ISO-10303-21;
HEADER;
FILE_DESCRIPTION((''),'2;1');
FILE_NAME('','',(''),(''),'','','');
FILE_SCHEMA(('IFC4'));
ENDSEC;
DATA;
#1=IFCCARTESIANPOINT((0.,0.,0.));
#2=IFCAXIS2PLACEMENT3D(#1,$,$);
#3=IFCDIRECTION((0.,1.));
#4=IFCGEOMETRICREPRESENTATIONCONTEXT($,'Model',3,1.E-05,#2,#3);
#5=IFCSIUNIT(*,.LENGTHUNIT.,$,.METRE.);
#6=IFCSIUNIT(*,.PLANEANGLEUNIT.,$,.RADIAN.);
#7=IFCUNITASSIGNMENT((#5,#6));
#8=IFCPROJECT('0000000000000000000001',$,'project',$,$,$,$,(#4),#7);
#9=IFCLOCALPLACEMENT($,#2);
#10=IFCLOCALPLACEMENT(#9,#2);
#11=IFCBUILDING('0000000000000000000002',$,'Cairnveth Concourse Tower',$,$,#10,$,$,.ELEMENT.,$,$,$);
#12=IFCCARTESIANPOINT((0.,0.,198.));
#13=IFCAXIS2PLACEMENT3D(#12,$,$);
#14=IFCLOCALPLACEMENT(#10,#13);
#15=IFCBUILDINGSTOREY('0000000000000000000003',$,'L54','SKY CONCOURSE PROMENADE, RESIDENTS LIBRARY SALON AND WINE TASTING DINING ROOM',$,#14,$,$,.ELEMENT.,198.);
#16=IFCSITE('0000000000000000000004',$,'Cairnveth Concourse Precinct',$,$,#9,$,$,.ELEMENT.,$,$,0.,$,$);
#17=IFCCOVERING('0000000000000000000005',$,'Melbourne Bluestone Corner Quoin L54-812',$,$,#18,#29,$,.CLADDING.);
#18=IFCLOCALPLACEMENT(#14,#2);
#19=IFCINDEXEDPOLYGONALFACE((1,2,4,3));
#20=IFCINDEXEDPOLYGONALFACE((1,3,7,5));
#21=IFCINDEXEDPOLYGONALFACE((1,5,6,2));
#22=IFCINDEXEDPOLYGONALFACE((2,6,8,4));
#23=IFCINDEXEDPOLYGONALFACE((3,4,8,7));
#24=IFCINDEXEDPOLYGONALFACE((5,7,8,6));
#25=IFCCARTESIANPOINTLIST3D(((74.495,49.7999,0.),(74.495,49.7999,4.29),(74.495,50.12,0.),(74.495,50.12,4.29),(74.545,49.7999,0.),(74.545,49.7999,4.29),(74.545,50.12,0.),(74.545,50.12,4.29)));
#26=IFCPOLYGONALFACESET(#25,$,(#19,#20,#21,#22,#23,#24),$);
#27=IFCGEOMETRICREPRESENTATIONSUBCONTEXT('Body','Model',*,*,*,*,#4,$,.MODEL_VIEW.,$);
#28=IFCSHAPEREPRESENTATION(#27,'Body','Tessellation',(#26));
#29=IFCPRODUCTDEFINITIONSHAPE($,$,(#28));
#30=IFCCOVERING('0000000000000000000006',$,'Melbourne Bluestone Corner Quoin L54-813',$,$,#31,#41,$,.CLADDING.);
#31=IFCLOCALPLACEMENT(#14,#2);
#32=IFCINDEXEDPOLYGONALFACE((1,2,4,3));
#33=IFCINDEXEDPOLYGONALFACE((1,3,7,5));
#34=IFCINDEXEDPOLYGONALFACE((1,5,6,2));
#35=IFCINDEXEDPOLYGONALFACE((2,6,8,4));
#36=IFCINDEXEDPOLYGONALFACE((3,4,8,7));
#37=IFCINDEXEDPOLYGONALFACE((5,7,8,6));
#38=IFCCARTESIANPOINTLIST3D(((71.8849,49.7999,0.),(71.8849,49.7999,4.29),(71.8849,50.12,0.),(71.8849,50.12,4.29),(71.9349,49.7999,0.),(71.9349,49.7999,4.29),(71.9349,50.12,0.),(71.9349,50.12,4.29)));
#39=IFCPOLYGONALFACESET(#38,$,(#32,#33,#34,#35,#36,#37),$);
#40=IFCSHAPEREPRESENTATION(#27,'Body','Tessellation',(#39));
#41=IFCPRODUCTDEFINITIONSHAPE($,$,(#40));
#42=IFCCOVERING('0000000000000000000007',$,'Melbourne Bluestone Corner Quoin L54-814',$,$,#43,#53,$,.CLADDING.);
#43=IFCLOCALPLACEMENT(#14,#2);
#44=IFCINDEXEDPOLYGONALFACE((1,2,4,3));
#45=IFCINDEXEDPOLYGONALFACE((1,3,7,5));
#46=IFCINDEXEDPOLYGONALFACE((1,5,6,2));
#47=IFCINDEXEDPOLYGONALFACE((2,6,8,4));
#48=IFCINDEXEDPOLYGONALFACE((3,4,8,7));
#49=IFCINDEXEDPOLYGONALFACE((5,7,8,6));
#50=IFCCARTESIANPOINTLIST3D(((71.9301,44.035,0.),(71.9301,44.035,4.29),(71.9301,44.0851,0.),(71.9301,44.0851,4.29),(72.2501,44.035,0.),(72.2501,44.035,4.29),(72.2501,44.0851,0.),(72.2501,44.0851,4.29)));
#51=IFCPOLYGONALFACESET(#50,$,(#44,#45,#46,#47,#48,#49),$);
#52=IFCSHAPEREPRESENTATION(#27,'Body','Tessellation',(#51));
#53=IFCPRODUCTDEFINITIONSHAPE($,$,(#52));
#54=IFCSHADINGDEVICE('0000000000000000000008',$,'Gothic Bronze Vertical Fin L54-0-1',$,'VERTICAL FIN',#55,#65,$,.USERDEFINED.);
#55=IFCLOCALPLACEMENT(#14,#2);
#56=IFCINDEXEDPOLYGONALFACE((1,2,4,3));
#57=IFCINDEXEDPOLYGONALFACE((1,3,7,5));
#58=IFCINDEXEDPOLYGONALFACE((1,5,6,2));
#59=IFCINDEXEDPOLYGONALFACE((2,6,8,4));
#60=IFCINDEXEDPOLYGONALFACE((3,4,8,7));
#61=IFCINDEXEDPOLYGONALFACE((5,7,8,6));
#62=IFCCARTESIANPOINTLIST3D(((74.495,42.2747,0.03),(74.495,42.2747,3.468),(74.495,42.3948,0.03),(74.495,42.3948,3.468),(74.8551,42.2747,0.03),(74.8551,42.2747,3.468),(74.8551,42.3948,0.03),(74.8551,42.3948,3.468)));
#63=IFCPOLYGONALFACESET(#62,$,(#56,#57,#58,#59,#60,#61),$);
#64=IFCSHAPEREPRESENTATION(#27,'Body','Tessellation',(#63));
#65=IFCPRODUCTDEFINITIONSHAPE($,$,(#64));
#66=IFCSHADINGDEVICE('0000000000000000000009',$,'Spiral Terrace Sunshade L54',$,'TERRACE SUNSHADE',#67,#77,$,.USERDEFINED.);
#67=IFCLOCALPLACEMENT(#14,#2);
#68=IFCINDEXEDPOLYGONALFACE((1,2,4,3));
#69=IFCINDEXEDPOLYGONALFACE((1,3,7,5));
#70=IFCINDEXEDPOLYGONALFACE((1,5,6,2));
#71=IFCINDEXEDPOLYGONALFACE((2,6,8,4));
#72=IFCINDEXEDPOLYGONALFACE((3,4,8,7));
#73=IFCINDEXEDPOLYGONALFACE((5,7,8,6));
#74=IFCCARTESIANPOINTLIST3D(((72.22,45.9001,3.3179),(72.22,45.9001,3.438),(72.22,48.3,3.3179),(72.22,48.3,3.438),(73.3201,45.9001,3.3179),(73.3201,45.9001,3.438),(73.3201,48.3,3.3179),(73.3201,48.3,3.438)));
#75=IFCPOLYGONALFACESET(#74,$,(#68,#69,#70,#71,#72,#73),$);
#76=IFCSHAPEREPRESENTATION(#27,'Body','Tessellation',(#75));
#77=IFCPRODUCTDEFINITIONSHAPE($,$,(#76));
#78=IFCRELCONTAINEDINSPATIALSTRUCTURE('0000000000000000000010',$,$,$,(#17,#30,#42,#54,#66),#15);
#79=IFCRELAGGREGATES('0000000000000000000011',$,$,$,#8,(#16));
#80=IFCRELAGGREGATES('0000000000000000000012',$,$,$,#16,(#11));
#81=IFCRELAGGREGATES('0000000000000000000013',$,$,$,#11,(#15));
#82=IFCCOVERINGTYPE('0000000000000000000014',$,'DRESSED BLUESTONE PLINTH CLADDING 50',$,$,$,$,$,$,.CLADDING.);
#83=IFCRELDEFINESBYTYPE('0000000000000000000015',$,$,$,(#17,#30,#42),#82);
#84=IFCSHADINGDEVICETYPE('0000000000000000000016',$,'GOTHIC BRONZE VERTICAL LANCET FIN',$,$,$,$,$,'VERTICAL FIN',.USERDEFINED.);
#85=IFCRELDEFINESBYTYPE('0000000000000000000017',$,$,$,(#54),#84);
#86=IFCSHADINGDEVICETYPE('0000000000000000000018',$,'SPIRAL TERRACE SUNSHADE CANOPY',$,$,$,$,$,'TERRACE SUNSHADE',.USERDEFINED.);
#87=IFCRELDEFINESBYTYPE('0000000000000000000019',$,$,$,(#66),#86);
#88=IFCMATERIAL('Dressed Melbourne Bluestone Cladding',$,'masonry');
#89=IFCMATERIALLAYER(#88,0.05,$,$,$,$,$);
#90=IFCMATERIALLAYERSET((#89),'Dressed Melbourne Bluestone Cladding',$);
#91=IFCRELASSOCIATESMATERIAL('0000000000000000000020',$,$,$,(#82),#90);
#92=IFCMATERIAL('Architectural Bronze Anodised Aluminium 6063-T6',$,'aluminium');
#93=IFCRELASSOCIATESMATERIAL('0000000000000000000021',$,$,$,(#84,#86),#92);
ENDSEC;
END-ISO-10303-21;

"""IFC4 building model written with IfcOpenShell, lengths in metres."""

from ifc_helpers import new_model, si_unit, direction, frame, frame_2d, origin, origin_2d, place, context, subcontext, project, spatial, rectangle, extrude, material, layer, layer_set, type_object, element, save


model = new_model("IFC4")

# Units and contexts
model_context = context("Model", 3, precision=1e-05, world=origin(), true_north=direction((0.0, 1.0)))
body_context = subcontext(model_context, "Body", "Model", "MODEL_VIEW")
ifc_project = project(units=[si_unit("LENGTHUNIT", "METRE"), si_unit("PLANEANGLEUNIT", "RADIAN")], contexts=[model_context])

# Site, building, storey
site_placement = place(None, origin())
site = spatial("IfcSite", under=ifc_project, at=site_placement, Name="Cairnveth Concourse Precinct", CompositionType="ELEMENT", RefElevation=0.0)
building_placement = place(site_placement, origin())
building = spatial("IfcBuilding", under=site, at=building_placement, Name="Cairnveth Concourse Tower", CompositionType="ELEMENT")
storey_placement = place(building_placement, frame((0.0, 0.0, 198.0)))
storey = spatial("IfcBuildingStorey", under=building, at=storey_placement, Name="L54", Description="SKY CONCOURSE PROMENADE, RESIDENTS LIBRARY SALON AND WINE TASTING DINING ROOM", CompositionType="ELEMENT", Elevation=198.0)

# Shared definitions
ifc_material_1 = material(Name="Dressed Melbourne Bluestone Cladding", Category="masonry")

# Shared definitions
ifc_material_2 = material(Name="Architectural Bronze Anodised Aluminium 6063-T6", Category="aluminium")

# Coverings
ifc_layer_1 = layer(ifc_material_1, 0.05)
ifc_layer_set_1 = layer_set([ifc_layer_1], Name="Dressed Melbourne Bluestone Cladding")
covering_type = type_object("IfcCoveringType", Name="DRESSED BLUESTONE PLINTH CLADDING 50", PredefinedType="CLADDING", material=ifc_layer_set_1)
for number, where, z_axis, x_axis, name in (
    (1, (74.52, 50.1201, 0.0), (0.0, 0.0, 1.0), (0.0, -1.0, 0.0), "Melbourne Bluestone Corner Quoin L54-812"),
    (2, (71.9099, 50.1201, 0.0), (0.0, 0.0, 1.0), (0.0, -1.0, 0.0), "Melbourne Bluestone Corner Quoin L54-813"),
    (3, (71.9299, 44.0601, 0.0), (0.0, 0.0, 1.0), (1.0, 0.0, 0.0), "Melbourne Bluestone Corner Quoin L54-814"),
):
    element("IfcCovering", number, at=place(storey_placement, frame(where, z_axis=z_axis, x_axis=x_axis)), inside=storey, type_object=covering_type, Name=name, PredefinedType="CLADDING", context=body_context, shape_type="SweptSolid", body=[
        extrude(rectangle(XDim=0.3201, YDim=0.05, at=frame_2d((0.1602, 0.0))), origin(), (0.0, 0.0, 1.0), 4.29),
    ])

# Shading devices
shading_device_type_1 = type_object("IfcShadingDeviceType", Name="GOTHIC BRONZE VERTICAL LANCET FIN", ElementType="VERTICAL FIN", PredefinedType="USERDEFINED", material=ifc_material_2)
shading_device_1_placement = place(storey_placement, frame((74.675, 42.3347, 0.03), z_axis=(0.0, 0.0, 1.0), x_axis=(0.0, 1.0, 0.0)))
element("IfcShadingDevice", 4, at=shading_device_1_placement, inside=storey, type_object=shading_device_type_1, Name="Gothic Bronze Vertical Fin L54-0-1", ObjectType="VERTICAL FIN", PredefinedType="USERDEFINED", context=body_context, shape_type="SweptSolid", body=[
    extrude(rectangle(XDim=0.1201, YDim=0.3601, at=origin_2d()), origin(), (0.0, 0.0, 1.0), 3.438),
])
shading_device_type_2 = type_object("IfcShadingDeviceType", Name="SPIRAL TERRACE SUNSHADE CANOPY", ElementType="TERRACE SUNSHADE", PredefinedType="USERDEFINED", material=ifc_material_2)
shading_device_2_placement = place(storey_placement, frame((72.77, 47.1001, 3.3179), z_axis=(0.0, 0.0, 1.0), x_axis=(1.0, 0.0, 0.0)))
element("IfcShadingDevice", 5, at=shading_device_2_placement, inside=storey, type_object=shading_device_type_2, Name="Spiral Terrace Sunshade L54", ObjectType="TERRACE SUNSHADE", PredefinedType="USERDEFINED", context=body_context, shape_type="SweptSolid", body=[
    extrude(rectangle(XDim=1.1001, YDim=2.3999, at=origin_2d()), origin(), (0.0, 0.0, 1.0), 0.1201),
])

save(model, "model.ifc")
